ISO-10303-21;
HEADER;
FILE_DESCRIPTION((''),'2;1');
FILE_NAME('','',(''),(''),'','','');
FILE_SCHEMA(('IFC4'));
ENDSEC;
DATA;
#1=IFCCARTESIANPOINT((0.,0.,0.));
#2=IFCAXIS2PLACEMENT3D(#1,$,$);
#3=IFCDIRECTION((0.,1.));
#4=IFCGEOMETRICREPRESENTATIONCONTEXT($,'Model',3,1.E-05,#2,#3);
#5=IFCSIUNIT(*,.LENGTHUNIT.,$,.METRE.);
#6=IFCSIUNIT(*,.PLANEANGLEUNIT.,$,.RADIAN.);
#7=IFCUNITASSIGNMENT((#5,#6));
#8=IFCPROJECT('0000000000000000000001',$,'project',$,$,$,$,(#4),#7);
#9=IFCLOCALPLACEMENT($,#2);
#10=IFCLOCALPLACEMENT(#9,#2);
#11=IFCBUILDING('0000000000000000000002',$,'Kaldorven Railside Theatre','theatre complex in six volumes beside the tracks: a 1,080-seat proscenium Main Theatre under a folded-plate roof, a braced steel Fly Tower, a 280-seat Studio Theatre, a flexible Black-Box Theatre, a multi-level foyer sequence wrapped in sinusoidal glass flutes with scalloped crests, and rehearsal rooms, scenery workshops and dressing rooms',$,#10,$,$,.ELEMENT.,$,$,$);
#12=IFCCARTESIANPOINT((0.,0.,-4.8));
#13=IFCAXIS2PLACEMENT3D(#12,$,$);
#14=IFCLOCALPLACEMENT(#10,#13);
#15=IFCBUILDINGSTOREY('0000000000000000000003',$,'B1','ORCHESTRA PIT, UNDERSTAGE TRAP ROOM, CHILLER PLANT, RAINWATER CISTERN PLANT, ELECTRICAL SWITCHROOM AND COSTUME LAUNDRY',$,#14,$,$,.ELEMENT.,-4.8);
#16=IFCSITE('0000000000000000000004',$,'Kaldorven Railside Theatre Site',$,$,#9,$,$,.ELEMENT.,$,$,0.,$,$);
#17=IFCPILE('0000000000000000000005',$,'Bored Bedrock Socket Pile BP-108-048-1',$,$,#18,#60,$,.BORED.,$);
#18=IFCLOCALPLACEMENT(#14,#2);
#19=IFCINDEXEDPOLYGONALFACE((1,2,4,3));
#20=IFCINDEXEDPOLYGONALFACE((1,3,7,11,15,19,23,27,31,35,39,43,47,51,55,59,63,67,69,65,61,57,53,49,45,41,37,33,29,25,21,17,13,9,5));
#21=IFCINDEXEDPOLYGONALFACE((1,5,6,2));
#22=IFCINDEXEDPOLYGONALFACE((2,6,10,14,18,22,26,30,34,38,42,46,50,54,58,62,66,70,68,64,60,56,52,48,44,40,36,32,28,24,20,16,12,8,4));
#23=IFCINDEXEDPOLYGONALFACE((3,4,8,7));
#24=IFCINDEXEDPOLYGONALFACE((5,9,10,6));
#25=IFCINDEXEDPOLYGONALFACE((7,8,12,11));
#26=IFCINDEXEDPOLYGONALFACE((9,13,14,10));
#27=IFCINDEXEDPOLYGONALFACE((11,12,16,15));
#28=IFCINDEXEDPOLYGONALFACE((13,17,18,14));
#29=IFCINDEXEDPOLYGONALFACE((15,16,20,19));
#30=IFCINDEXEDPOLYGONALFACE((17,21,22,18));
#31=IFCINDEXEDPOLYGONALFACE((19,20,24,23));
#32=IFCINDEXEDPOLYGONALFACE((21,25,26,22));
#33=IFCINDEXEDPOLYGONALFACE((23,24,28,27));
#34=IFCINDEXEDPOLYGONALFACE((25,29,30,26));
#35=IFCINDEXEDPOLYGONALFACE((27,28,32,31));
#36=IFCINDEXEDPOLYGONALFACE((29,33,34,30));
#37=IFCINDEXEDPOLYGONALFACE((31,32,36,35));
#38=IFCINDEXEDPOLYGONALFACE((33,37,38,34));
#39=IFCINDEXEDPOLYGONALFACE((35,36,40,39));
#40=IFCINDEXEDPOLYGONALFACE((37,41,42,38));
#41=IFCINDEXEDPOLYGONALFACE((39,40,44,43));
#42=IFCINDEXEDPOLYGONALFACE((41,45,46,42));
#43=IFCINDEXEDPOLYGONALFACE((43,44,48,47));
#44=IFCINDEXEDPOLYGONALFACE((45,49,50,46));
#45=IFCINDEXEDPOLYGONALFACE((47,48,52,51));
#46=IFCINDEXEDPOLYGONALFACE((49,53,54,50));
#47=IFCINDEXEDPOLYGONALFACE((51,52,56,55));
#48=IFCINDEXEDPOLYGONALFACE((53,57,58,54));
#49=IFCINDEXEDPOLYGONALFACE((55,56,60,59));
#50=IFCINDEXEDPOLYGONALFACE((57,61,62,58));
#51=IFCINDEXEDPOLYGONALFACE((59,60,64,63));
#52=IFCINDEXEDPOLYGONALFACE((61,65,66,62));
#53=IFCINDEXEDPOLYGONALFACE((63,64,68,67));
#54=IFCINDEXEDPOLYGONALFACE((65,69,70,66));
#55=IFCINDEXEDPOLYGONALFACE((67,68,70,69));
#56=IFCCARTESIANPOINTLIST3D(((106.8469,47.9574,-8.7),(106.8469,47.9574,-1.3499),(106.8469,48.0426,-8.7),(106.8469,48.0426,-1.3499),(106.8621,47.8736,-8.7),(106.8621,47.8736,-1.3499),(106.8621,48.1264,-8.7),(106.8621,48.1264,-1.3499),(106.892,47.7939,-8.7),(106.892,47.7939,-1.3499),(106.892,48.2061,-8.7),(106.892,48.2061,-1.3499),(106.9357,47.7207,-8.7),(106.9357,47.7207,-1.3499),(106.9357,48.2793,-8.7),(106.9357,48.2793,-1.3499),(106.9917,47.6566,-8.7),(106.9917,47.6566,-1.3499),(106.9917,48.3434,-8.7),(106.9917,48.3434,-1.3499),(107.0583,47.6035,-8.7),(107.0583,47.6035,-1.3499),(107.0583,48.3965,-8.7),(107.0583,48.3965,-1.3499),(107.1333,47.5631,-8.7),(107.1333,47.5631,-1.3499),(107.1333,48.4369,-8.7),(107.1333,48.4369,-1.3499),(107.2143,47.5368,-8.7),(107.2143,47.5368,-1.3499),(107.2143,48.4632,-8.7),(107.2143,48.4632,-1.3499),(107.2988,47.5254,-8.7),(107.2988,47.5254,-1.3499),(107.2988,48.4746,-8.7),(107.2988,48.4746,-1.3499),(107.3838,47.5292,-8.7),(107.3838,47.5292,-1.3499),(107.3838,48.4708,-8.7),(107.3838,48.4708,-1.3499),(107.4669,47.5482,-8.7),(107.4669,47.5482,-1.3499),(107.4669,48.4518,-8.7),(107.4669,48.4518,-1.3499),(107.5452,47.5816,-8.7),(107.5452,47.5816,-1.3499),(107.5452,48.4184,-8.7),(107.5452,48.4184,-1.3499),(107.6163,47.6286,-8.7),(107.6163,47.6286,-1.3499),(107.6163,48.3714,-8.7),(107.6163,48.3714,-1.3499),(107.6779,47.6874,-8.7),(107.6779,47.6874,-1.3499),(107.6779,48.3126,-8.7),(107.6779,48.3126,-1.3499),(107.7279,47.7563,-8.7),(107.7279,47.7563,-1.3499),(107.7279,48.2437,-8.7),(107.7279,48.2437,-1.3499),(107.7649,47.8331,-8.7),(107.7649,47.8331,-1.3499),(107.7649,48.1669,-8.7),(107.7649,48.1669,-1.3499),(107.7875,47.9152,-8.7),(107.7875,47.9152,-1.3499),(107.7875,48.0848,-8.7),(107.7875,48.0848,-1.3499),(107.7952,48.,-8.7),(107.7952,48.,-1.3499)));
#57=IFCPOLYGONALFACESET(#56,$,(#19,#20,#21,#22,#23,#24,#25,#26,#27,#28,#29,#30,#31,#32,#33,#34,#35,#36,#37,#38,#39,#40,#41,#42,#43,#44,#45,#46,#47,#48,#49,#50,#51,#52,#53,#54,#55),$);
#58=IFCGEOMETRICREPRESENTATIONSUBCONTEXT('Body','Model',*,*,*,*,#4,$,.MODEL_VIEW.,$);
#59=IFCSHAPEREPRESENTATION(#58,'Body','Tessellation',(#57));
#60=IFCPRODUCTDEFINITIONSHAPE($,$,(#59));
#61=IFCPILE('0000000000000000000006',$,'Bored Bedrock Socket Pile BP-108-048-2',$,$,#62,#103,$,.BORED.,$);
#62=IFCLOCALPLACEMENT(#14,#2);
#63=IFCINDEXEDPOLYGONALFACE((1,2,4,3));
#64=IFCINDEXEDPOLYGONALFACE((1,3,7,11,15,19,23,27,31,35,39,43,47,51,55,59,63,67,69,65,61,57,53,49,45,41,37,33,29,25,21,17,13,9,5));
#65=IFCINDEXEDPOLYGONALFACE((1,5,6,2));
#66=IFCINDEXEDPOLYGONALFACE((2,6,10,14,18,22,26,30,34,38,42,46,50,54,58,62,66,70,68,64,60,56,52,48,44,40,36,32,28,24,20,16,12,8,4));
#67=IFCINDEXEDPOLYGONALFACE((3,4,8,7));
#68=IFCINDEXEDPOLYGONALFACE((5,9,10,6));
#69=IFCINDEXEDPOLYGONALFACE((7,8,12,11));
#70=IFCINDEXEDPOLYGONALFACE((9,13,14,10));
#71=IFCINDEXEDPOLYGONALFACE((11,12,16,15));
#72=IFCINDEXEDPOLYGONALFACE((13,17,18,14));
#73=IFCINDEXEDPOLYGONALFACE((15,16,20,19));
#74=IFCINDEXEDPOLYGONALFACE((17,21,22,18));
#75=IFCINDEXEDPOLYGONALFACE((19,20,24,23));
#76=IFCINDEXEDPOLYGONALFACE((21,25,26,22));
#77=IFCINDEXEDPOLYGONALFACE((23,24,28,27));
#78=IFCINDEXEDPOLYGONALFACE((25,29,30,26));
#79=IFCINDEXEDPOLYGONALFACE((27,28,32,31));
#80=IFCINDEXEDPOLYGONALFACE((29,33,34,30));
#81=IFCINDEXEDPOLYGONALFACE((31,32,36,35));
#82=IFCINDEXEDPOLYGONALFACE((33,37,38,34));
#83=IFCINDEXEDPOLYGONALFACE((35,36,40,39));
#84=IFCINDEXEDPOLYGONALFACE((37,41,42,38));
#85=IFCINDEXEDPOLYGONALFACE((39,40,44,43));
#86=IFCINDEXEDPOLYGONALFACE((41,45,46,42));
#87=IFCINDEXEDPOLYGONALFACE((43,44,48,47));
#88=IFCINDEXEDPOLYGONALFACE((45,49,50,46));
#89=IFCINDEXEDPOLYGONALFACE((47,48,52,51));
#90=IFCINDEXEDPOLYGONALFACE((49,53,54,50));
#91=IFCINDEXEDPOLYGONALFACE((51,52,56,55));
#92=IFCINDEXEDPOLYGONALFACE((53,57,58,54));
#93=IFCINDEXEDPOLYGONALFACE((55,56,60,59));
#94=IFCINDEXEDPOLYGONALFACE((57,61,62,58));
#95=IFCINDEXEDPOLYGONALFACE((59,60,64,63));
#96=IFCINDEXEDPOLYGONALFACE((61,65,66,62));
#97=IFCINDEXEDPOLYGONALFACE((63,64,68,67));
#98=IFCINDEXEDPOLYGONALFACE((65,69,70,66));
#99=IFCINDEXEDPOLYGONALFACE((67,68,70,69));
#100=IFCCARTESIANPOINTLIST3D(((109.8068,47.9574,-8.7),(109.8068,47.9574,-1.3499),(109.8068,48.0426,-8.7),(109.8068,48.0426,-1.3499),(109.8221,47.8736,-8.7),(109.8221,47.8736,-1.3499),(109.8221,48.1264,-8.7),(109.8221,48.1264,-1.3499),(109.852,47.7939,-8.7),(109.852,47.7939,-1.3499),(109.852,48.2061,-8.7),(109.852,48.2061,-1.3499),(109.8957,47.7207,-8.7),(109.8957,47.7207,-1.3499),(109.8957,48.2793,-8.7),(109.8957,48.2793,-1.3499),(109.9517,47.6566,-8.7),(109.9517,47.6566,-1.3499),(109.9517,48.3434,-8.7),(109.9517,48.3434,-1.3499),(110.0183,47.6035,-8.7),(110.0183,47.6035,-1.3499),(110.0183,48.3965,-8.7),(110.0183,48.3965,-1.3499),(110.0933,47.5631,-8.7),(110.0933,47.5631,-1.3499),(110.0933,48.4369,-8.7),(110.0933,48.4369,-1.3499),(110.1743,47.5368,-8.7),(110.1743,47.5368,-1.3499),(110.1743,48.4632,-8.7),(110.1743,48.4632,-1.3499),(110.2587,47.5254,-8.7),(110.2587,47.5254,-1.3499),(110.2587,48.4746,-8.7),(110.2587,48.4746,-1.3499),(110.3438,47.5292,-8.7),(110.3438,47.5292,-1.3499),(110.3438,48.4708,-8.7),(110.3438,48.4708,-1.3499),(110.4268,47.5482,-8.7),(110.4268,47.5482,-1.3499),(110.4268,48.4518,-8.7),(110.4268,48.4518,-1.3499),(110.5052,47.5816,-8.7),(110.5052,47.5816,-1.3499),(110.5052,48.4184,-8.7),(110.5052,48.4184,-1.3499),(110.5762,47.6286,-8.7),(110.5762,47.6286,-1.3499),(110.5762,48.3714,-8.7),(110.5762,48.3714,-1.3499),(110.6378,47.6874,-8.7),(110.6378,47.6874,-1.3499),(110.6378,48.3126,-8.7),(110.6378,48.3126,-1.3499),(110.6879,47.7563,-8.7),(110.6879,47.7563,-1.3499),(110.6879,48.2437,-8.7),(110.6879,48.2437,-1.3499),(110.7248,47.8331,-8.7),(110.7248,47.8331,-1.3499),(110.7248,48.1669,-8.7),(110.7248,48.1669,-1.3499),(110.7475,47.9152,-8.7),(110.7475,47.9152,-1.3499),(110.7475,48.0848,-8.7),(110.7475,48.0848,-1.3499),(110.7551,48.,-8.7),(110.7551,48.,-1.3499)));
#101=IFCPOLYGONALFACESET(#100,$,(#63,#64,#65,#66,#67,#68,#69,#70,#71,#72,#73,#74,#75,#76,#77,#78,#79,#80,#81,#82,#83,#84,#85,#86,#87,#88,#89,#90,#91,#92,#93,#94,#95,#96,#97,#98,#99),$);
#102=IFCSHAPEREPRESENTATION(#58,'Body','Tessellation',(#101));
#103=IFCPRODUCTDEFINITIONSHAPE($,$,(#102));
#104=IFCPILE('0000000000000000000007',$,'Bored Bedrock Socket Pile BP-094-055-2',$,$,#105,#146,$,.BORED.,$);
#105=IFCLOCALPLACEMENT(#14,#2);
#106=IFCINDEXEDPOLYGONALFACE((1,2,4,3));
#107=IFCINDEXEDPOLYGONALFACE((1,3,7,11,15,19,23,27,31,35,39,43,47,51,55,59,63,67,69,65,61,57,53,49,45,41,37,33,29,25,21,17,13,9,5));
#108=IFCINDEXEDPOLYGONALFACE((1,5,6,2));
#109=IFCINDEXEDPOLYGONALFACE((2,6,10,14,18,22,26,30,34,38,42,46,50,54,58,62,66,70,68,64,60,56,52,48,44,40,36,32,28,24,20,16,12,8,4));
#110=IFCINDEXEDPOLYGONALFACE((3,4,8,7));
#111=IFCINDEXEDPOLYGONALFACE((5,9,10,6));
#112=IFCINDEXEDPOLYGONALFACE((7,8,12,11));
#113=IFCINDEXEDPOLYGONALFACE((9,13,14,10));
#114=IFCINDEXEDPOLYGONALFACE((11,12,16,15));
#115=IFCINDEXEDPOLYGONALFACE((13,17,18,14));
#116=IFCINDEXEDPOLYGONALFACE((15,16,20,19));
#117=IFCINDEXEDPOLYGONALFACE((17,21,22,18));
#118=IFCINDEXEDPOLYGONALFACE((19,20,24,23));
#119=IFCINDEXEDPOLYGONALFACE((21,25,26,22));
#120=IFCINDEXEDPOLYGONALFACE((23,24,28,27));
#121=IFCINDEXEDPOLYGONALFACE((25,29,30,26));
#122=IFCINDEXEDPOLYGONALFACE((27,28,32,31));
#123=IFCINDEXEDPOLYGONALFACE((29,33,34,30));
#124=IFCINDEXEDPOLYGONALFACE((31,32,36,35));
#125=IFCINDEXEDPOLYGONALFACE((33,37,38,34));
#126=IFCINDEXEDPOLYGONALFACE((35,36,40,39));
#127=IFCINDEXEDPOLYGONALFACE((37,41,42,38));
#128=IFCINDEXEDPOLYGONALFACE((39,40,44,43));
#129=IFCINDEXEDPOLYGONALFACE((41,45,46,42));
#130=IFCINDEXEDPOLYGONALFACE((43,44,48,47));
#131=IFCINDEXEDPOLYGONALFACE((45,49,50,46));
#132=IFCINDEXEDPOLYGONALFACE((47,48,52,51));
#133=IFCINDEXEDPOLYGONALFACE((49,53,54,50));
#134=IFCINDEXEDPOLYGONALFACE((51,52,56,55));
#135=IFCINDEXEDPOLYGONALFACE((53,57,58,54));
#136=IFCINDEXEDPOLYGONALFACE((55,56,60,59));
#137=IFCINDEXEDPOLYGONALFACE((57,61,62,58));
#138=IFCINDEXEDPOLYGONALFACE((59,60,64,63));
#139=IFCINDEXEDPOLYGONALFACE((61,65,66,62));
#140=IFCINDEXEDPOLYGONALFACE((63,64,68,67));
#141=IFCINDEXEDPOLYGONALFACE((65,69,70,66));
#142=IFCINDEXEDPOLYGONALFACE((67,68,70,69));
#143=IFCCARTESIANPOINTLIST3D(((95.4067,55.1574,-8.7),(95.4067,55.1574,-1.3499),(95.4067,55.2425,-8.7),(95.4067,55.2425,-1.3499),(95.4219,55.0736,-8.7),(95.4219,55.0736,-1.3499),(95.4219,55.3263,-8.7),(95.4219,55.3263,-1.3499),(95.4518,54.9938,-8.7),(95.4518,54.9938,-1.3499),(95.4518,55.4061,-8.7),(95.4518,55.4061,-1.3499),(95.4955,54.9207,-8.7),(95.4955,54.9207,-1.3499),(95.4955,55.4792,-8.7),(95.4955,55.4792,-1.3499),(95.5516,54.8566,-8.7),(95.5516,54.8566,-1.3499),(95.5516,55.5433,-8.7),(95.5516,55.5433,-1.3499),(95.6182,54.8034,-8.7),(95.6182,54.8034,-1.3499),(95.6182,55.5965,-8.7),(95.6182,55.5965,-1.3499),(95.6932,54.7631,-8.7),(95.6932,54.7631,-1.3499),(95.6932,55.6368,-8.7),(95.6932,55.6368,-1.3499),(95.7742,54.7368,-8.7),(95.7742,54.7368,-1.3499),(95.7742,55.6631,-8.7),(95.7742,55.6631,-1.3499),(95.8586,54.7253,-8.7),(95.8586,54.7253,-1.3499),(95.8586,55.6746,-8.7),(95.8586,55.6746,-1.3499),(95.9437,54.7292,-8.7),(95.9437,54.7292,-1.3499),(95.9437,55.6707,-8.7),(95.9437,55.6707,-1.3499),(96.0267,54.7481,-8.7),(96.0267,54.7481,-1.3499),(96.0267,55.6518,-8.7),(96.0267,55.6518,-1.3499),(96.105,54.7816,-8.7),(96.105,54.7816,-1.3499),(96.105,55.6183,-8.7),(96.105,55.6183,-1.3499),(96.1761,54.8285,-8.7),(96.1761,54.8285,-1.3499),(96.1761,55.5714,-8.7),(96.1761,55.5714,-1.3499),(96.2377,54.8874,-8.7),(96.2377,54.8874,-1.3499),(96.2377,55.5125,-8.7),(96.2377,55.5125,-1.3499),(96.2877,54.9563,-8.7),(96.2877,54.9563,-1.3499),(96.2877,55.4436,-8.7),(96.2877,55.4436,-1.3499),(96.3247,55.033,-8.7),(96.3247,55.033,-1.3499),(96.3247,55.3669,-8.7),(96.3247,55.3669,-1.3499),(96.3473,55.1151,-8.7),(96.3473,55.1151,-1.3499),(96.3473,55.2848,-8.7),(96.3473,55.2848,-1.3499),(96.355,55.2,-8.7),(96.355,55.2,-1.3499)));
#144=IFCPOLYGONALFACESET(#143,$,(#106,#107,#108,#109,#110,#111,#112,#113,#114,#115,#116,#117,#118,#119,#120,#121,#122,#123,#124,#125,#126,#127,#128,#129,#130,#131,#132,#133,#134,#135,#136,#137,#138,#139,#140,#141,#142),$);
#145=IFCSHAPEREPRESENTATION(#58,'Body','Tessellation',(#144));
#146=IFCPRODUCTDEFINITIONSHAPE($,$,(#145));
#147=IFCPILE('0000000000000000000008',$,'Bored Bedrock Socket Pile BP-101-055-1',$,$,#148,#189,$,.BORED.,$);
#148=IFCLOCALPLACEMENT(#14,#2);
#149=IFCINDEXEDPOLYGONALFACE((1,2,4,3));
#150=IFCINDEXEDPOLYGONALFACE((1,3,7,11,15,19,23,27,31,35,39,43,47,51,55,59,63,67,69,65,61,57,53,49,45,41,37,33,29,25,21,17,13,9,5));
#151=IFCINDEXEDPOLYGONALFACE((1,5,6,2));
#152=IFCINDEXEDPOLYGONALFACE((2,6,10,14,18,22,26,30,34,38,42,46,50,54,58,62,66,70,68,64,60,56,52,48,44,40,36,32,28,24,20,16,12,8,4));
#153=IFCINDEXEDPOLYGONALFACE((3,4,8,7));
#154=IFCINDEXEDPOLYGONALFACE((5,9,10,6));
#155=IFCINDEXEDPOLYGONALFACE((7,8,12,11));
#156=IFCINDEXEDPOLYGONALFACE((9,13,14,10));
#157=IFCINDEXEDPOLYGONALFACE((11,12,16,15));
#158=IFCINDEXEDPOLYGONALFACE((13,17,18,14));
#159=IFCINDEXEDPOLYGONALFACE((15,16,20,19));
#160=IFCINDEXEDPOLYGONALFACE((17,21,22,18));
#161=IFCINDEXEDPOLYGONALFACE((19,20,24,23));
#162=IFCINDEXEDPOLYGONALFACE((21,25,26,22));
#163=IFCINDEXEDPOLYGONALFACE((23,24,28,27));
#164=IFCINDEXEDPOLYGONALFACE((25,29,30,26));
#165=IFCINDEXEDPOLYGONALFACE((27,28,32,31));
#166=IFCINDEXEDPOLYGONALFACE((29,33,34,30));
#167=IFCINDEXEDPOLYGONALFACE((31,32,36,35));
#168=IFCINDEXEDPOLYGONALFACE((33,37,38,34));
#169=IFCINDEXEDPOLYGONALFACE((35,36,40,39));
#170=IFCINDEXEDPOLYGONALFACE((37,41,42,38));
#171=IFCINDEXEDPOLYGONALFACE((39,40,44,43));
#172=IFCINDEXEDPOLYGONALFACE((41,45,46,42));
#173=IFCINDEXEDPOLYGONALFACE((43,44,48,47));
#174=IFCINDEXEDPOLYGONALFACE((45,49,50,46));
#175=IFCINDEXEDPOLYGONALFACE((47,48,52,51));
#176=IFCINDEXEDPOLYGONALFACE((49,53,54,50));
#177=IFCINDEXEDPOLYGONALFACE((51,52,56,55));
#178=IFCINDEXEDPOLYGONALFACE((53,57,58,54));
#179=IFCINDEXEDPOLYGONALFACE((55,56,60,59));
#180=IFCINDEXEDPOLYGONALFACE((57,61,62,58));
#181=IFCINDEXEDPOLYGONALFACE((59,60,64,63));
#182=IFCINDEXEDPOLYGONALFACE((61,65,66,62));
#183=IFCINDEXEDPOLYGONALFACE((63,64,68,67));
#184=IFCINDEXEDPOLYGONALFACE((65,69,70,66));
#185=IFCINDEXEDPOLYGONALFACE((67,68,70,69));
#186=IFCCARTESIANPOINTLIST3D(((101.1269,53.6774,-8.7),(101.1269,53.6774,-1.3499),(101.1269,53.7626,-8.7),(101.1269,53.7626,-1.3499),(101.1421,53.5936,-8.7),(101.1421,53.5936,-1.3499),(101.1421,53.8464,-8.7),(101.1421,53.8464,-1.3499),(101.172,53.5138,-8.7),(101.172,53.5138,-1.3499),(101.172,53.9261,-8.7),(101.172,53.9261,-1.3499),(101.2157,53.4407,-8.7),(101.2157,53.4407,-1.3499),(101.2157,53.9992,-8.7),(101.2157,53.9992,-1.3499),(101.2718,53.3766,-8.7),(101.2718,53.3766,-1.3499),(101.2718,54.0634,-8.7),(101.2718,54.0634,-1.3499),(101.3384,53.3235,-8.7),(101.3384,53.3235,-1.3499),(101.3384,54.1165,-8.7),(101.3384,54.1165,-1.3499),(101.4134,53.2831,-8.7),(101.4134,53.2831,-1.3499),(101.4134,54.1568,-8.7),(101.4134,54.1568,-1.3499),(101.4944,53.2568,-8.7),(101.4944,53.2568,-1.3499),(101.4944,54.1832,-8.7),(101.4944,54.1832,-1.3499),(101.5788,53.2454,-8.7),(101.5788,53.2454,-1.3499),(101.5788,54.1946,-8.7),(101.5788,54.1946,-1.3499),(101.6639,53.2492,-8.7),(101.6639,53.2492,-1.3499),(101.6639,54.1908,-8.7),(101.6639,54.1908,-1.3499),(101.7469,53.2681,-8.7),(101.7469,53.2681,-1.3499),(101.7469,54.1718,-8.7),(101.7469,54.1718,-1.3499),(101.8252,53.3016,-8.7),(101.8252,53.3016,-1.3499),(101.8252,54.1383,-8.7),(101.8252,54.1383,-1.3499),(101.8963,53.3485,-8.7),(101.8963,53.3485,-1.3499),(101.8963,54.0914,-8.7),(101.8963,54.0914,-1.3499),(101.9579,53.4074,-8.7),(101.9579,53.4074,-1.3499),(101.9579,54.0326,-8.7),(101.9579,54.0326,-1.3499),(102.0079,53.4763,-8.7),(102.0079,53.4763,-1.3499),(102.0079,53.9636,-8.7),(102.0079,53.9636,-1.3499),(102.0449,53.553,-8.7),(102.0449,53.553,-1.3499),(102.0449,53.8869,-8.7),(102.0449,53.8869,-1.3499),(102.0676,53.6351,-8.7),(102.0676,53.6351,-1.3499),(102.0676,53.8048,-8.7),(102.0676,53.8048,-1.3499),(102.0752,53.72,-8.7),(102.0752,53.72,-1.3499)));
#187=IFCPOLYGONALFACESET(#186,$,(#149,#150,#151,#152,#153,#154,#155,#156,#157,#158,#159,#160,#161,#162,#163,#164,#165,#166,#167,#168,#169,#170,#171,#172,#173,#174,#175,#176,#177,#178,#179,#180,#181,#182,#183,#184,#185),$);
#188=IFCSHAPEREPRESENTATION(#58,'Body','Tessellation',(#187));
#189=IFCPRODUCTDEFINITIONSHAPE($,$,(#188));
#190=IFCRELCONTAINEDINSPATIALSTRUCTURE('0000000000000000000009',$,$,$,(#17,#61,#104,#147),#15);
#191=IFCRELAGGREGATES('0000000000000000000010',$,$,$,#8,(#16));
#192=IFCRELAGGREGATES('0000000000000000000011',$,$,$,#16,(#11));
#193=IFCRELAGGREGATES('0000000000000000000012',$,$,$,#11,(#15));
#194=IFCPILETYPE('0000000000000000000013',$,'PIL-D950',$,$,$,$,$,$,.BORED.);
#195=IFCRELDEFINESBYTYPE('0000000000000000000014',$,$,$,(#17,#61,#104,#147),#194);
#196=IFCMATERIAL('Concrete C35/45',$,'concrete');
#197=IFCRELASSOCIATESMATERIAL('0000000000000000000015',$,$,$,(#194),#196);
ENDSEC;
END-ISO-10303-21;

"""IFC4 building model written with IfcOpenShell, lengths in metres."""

from ifc_helpers import new_model, si_unit, direction, frame, origin, origin_2d, place, context, subcontext, project, spatial, circle, extrude, material, material_profile, profile_set, type_object, element, save


model = new_model("IFC4")

# Units and contexts
model_context = context("Model", 3, precision=1e-05, world=origin(), true_north=direction((0.0, 1.0)))
body_context = subcontext(model_context, "Body", "Model", "MODEL_VIEW")
ifc_project = project(units=[si_unit("LENGTHUNIT", "METRE"), si_unit("PLANEANGLEUNIT", "RADIAN")], contexts=[model_context])

# Site, building, storey
site_placement = place(None, origin())
site = spatial("IfcSite", under=ifc_project, at=site_placement, Name="Kaldorven Railside Theatre Site", CompositionType="ELEMENT", RefElevation=0.0)
building_placement = place(site_placement, origin())
building = spatial("IfcBuilding", under=site, at=building_placement, Name="Kaldorven Railside Theatre", Description="theatre complex in six volumes beside the tracks: a 1,080-seat proscenium Main Theatre under a folded-plate roof, a braced steel Fly Tower, a 280-seat Studio Theatre, a flexible Black-Box Theatre, a multi-level foyer sequence wrapped in sinusoidal glass flutes with scalloped crests, and rehearsal rooms, scenery workshops and dressing rooms", CompositionType="ELEMENT")
storey_placement = place(building_placement, frame((0.0, 0.0, -4.8)))
storey = spatial("IfcBuildingStorey", under=building, at=storey_placement, Name="B1", Description="ORCHESTRA PIT, UNDERSTAGE TRAP ROOM, CHILLER PLANT, RAINWATER CISTERN PLANT, ELECTRICAL SWITCHROOM AND COSTUME LAUNDRY", CompositionType="ELEMENT", Elevation=-4.8)

# Piles
ifc_material_1 = material(Name="Concrete C35/45", Category="concrete")
ifc_material_profile_1 = material_profile(ifc_material_1, circle(Radius=0.4751, at=origin_2d()), Name="BP D950")
ifc_profile_set_1 = profile_set([ifc_material_profile_1], Name="Concrete C35/45")
pile_type_1 = type_object("IfcPileType", Name="PIL-D950", PredefinedType="BORED", material=ifc_profile_set_1)
for number, where, z_axis, x_axis, name in (
    (1, (107.3201, 48.0, -1.3499), (0.0, 0.0, -1.0), (1.0, 0.0, 0.0), "Bored Bedrock Socket Pile BP-108-048-1"),
    (2, (110.28, 48.0, -1.3499), (0.0, 0.0, -1.0), (1.0, 0.0, 0.0), "Bored Bedrock Socket Pile BP-108-048-2"),
    (3, (95.8799, 55.2, -1.3499), (0.0, 0.0, -1.0), (1.0, 0.0, 0.0), "Bored Bedrock Socket Pile BP-094-055-2"),
    (4, (101.6001, 53.72, -1.3499), (0.0, 0.0, -1.0), (1.0, 0.0, 0.0), "Bored Bedrock Socket Pile BP-101-055-1"),
):
    element("IfcPile", number, at=place(storey_placement, frame(where, z_axis=z_axis, x_axis=x_axis)), inside=storey, type_object=pile_type_1, Name=name, PredefinedType="BORED", context=body_context, shape_type="SweptSolid", body=[
        extrude(circle(Radius=0.4751, at=origin_2d()), origin(), (0.0, 0.0, 1.0), 7.3501),
    ])

save(model, "model.ifc")
